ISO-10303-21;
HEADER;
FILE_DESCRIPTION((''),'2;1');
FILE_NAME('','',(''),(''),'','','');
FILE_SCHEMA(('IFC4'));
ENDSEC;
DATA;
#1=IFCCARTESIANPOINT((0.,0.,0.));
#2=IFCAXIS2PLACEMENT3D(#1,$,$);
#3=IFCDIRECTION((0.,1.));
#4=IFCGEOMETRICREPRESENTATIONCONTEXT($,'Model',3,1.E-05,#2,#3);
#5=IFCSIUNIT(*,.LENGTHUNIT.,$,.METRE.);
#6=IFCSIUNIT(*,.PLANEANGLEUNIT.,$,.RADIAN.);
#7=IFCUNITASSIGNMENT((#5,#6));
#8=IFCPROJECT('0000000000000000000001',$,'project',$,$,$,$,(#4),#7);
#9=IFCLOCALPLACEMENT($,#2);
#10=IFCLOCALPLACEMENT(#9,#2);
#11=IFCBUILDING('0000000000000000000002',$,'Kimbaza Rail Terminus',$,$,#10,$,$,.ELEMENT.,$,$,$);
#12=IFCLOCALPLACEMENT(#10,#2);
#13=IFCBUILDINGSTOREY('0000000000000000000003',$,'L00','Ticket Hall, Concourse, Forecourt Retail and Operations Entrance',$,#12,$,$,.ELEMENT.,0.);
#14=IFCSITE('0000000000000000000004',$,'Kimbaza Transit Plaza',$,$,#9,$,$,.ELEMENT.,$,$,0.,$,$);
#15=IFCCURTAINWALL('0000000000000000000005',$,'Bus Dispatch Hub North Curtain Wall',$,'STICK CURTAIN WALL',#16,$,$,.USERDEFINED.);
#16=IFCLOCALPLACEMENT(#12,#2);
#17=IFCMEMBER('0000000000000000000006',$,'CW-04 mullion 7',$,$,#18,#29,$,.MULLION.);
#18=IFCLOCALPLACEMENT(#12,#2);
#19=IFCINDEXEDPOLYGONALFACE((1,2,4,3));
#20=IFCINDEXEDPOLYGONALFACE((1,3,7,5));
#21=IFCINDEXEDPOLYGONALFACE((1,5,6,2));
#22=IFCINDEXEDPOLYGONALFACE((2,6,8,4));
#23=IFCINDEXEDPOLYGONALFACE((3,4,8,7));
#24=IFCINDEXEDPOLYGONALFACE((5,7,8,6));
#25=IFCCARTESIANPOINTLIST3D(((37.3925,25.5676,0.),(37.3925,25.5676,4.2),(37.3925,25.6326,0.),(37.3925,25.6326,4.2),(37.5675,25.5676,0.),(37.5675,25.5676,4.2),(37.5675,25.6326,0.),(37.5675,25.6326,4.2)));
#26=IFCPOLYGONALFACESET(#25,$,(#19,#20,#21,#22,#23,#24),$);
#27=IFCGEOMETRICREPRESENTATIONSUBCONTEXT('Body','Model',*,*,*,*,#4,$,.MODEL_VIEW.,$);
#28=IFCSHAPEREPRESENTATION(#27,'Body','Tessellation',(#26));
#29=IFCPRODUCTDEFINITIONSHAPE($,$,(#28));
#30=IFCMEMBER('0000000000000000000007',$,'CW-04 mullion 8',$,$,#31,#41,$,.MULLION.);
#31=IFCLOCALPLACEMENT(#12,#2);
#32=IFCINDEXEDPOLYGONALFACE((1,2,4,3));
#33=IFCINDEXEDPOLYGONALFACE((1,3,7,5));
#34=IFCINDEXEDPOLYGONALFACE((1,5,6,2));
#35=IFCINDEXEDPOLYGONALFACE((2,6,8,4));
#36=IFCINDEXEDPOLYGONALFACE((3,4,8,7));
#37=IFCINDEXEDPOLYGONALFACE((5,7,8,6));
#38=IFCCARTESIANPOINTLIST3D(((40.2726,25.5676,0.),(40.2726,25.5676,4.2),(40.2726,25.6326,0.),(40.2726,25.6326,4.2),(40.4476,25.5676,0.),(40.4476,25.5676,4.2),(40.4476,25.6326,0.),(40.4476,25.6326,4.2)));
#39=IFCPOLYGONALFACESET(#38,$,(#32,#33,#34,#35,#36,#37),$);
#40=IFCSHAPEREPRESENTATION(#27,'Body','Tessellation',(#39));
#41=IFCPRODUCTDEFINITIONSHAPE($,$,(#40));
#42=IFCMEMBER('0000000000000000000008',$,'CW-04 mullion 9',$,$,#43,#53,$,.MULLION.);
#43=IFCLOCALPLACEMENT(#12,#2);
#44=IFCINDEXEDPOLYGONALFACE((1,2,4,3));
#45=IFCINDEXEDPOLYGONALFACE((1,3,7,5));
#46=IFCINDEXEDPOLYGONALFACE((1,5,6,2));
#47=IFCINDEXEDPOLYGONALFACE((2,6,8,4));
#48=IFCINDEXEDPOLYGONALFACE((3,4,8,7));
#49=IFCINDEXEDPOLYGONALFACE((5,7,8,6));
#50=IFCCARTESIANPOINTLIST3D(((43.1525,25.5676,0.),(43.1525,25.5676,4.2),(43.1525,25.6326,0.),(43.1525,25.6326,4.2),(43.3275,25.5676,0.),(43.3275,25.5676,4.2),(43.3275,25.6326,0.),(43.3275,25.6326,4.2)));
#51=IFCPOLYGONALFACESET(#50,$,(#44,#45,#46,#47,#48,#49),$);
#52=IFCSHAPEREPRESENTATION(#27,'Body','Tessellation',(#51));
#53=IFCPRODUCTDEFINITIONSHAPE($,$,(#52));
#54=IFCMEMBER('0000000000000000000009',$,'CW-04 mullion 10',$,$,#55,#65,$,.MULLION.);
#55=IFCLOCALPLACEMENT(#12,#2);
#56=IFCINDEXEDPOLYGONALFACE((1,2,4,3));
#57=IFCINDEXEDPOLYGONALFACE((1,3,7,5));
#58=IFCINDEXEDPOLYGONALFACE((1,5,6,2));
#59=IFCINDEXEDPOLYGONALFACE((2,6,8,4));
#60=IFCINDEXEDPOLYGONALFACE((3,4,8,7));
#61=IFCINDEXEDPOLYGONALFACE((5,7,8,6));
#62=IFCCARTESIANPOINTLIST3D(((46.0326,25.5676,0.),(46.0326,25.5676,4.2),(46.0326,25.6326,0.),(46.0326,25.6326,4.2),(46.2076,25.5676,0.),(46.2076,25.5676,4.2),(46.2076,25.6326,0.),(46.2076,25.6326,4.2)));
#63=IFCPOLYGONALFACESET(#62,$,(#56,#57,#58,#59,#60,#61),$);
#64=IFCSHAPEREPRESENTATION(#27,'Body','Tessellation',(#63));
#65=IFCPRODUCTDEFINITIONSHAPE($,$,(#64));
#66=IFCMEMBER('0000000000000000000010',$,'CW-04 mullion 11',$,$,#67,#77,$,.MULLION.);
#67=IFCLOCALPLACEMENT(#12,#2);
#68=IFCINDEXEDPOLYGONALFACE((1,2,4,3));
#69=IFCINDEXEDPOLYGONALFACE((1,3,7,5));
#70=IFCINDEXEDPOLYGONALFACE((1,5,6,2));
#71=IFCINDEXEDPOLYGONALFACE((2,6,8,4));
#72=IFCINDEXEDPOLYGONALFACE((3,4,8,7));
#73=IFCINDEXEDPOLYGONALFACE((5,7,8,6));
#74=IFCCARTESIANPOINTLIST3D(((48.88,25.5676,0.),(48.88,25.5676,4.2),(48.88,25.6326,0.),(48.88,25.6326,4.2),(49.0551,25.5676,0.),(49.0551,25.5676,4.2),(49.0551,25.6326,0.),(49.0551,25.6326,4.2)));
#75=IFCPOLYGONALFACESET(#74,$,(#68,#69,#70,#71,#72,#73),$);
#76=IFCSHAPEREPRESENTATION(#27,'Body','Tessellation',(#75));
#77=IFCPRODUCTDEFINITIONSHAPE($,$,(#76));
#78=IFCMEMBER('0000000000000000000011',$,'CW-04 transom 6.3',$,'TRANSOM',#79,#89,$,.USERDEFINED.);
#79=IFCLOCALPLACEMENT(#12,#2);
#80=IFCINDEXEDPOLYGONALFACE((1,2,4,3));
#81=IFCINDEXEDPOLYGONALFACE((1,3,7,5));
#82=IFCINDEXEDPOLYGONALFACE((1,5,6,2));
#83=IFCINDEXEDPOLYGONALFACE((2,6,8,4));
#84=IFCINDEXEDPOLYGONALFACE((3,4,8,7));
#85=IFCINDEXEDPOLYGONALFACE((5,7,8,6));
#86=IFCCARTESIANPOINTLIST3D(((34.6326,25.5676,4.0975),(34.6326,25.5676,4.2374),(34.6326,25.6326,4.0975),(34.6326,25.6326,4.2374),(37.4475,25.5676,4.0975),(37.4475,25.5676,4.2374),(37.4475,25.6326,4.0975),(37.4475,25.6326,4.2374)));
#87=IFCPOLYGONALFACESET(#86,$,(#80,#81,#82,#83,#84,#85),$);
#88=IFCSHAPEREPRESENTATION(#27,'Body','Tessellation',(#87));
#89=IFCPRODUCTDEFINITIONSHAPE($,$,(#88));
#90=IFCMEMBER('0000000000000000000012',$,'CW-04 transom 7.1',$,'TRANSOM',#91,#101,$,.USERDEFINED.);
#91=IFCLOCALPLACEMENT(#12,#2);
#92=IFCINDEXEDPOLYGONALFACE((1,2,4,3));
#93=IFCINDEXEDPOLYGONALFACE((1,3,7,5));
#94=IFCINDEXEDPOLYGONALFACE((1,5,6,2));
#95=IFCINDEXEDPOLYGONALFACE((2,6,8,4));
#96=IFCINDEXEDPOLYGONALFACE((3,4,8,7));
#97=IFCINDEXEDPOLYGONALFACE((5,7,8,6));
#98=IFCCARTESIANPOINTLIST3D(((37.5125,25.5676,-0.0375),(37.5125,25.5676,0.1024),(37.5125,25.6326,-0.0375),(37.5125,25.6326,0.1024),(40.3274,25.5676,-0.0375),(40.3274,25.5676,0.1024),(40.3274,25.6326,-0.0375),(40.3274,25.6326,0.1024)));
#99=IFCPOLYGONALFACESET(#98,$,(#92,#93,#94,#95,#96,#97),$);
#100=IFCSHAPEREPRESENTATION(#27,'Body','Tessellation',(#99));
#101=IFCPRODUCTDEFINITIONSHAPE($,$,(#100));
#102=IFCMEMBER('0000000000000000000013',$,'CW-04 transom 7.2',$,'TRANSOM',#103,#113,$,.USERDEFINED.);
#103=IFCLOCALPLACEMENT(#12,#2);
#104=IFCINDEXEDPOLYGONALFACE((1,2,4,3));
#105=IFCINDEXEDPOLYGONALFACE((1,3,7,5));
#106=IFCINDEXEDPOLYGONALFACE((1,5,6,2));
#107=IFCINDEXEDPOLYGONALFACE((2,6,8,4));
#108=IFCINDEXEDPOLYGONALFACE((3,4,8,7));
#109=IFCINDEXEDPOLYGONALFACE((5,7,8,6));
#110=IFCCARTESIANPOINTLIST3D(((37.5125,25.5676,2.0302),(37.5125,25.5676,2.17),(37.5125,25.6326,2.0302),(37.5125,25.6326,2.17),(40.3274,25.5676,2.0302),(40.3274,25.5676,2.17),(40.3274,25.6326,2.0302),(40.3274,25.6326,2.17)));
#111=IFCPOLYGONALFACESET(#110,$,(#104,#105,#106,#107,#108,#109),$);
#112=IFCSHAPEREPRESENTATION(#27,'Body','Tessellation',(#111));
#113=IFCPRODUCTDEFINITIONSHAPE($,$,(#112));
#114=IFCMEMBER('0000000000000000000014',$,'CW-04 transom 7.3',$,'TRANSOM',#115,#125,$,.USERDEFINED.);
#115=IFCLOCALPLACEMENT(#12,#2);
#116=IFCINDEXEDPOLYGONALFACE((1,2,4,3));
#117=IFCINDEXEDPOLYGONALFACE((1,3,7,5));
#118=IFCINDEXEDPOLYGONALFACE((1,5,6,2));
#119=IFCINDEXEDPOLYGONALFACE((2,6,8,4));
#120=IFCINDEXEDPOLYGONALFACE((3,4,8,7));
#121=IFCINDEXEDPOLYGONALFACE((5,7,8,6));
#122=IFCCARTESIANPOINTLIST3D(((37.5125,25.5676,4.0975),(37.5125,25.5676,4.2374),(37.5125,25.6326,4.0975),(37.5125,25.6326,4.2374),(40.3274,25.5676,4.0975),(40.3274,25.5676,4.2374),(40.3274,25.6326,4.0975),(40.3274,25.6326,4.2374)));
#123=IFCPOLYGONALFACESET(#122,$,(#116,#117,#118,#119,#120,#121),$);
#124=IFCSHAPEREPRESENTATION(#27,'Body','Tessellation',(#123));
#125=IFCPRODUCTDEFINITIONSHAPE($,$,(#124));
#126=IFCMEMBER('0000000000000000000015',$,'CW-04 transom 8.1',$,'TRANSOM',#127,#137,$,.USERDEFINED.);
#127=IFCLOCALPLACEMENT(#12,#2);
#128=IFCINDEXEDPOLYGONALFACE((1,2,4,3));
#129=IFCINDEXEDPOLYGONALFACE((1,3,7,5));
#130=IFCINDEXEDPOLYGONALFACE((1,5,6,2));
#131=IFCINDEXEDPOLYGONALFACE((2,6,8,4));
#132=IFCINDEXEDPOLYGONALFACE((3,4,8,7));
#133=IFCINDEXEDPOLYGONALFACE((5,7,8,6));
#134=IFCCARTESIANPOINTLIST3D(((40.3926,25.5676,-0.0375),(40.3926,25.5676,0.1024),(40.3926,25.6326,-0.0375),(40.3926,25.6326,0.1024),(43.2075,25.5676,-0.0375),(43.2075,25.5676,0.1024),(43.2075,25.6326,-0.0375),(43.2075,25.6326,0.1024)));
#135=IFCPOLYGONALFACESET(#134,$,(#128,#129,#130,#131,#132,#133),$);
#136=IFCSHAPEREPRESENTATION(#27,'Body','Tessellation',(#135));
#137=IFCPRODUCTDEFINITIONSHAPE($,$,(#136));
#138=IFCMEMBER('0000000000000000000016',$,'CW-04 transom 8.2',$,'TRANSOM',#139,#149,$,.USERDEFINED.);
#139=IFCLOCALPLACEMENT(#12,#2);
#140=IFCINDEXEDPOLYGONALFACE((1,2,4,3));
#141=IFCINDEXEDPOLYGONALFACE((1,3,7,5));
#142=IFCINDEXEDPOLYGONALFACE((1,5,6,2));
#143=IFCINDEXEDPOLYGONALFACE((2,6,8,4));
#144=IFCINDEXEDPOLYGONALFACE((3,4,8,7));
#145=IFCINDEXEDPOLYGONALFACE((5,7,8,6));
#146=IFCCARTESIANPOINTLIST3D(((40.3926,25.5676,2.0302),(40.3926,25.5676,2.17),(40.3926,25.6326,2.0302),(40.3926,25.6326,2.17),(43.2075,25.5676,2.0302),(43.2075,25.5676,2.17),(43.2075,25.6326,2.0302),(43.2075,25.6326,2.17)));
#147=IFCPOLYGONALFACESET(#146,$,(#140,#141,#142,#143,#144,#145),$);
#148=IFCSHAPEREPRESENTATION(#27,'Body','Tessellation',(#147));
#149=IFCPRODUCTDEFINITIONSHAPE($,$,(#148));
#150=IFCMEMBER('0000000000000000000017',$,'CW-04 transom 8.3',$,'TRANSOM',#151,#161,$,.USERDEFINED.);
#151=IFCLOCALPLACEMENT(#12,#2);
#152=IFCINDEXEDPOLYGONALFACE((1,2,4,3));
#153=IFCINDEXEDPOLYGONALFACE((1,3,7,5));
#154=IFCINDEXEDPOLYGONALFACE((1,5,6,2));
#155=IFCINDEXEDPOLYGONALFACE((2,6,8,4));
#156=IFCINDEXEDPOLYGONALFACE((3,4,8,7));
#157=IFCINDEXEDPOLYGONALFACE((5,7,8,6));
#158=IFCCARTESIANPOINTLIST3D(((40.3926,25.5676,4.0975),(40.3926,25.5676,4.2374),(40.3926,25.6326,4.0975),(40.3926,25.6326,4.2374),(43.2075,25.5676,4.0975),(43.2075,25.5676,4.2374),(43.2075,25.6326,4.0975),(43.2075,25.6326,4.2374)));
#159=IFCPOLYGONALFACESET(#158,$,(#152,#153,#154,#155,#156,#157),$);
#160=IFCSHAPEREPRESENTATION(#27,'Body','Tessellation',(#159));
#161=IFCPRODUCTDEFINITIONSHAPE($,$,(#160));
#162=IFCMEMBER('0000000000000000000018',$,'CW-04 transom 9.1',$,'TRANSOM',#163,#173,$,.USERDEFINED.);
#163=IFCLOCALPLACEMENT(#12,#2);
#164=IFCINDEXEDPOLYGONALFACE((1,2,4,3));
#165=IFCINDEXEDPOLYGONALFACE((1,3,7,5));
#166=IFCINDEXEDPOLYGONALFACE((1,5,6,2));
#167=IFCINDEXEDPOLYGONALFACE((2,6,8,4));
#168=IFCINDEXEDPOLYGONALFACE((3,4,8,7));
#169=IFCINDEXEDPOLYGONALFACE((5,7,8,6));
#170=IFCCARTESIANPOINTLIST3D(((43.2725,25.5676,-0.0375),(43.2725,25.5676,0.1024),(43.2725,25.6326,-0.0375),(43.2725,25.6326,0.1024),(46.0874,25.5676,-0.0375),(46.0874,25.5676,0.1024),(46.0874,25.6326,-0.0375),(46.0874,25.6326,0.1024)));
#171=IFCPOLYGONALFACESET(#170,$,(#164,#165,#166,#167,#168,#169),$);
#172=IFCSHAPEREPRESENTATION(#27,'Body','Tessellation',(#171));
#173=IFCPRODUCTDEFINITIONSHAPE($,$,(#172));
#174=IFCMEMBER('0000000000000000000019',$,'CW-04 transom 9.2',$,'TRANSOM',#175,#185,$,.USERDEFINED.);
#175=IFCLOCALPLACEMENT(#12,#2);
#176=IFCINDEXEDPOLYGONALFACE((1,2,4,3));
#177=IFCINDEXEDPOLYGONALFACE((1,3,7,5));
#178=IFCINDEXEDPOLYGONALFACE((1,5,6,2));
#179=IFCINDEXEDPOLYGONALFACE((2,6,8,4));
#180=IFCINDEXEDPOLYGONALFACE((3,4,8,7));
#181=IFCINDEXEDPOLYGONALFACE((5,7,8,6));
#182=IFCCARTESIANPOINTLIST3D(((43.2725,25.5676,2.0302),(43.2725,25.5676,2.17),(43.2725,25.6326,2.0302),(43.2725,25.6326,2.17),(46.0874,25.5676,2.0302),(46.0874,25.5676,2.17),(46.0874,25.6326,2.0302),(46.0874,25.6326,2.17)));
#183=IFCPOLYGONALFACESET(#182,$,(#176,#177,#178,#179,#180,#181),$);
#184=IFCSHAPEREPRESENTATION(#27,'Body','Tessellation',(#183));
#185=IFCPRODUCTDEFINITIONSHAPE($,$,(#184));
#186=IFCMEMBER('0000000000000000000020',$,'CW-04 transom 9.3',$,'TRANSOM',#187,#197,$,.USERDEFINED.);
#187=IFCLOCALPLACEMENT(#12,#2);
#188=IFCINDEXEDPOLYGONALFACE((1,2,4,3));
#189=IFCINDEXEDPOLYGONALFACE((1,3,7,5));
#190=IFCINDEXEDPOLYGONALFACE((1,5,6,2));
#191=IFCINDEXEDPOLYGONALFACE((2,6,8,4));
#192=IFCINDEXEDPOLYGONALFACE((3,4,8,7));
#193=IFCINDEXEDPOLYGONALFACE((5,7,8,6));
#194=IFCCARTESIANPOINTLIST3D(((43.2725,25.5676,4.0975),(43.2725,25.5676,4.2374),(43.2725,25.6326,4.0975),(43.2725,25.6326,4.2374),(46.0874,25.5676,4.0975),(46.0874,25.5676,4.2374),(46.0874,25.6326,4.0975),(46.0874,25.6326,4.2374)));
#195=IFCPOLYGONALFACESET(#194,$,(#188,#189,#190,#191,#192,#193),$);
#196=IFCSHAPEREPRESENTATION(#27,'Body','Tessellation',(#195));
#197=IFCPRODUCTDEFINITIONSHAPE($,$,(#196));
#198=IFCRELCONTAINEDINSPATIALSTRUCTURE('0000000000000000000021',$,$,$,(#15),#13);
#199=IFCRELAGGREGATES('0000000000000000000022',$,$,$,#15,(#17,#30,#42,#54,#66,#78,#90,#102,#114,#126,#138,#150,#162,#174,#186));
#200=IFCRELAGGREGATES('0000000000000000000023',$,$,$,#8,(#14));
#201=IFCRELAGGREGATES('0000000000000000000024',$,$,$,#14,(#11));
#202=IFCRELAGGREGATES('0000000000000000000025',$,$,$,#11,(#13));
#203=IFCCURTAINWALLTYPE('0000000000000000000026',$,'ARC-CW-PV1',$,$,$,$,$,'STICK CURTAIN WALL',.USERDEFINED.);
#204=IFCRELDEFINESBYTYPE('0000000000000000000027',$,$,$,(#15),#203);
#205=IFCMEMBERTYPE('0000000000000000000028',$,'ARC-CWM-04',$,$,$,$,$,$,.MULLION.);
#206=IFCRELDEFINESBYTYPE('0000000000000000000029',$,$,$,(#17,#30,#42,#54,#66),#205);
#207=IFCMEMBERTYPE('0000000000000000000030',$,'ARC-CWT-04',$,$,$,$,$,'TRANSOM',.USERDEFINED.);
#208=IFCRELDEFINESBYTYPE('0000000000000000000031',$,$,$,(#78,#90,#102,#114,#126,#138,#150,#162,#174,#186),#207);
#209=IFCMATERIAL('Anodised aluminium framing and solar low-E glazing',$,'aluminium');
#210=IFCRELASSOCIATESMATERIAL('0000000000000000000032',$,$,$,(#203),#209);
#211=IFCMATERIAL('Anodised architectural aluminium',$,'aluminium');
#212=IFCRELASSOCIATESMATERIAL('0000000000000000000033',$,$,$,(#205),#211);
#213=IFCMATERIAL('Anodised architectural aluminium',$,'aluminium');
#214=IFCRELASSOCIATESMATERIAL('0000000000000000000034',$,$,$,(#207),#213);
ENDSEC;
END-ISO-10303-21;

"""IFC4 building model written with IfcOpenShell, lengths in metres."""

from ifc_helpers import new_model, si_unit, direction, frame, origin, origin_2d, place, context, subcontext, project, spatial, rectangle, extrude, material, material_profile, profile_set, type_object, element, aggregate, save


model = new_model("IFC4")

# Units and contexts
model_context = context("Model", 3, precision=1e-05, world=origin(), true_north=direction((0.0, 1.0)))
body_context = subcontext(model_context, "Body", "Model", "MODEL_VIEW")
ifc_project = project(units=[si_unit("LENGTHUNIT", "METRE"), si_unit("PLANEANGLEUNIT", "RADIAN")], contexts=[model_context])

# Site, building, storey
site_placement = place(None, origin())
site = spatial("IfcSite", under=ifc_project, at=site_placement, Name="Kimbaza Transit Plaza", CompositionType="ELEMENT", RefElevation=0.0)
building_placement = place(site_placement, origin())
building = spatial("IfcBuilding", under=site, at=building_placement, Name="Kimbaza Rail Terminus", CompositionType="ELEMENT")
storey_placement = place(building_placement, origin())
storey = spatial("IfcBuildingStorey", under=building, at=storey_placement, Name="L00", Description="Ticket Hall, Concourse, Forecourt Retail and Operations Entrance", CompositionType="ELEMENT", Elevation=0.0)

# Curtain wall, members
ifc_material_1 = material(Name="Anodised aluminium framing and solar low-E glazing", Category="aluminium")
curtain_wall_type = type_object("IfcCurtainWallType", Name="ARC-CW-PV1", ElementType="STICK CURTAIN WALL", PredefinedType="USERDEFINED", material=ifc_material_1)
curtain_wall_placement = place(storey_placement, origin())
curtain_wall = element("IfcCurtainWall", 1, at=curtain_wall_placement, inside=storey, type_object=curtain_wall_type, Name="Bus Dispatch Hub North Curtain Wall", ObjectType="STICK CURTAIN WALL", PredefinedType="USERDEFINED")
ifc_material_2 = material(Name="Anodised architectural aluminium", Category="aluminium")
ifc_material_profile_1 = material_profile(ifc_material_2, rectangle(XDim=0.0649, YDim=0.175, at=origin_2d()), Name="MULLION 65x175")
ifc_profile_set_1 = profile_set([ifc_material_profile_1], Name="Anodised architectural aluminium")
member_type_1 = type_object("IfcMemberType", Name="ARC-CWM-04", PredefinedType="MULLION", material=ifc_profile_set_1)
member_1_placement = place(storey_placement, frame((37.48, 25.6001, 0.0), z_axis=(0.0, 0.0, 1.0), x_axis=(0.0, 1.0, 0.0)))
member_1 = element("IfcMember", 2, at=member_1_placement, type_object=member_type_1, Name="CW-04 mullion 7", PredefinedType="MULLION", context=body_context, shape_type="SweptSolid", body=[
    extrude(rectangle(XDim=0.0649, YDim=0.175, at=origin_2d()), origin(), (0.0, 0.0, 1.0), 4.2),
])
member_2_placement = place(storey_placement, frame((40.3601, 25.6001, 0.0), z_axis=(0.0, 0.0, 1.0), x_axis=(0.0, 1.0, 0.0)))
member_2 = element("IfcMember", 3, at=member_2_placement, type_object=member_type_1, Name="CW-04 mullion 8", PredefinedType="MULLION", context=body_context, shape_type="SweptSolid", body=[
    extrude(rectangle(XDim=0.0649, YDim=0.175, at=origin_2d()), origin(), (0.0, 0.0, 1.0), 4.2),
])
member_3_placement = place(storey_placement, frame((43.24, 25.6001, 0.0), z_axis=(0.0, 0.0, 1.0), x_axis=(0.0, 1.0, 0.0)))
member_3 = element("IfcMember", 4, at=member_3_placement, type_object=member_type_1, Name="CW-04 mullion 9", PredefinedType="MULLION", context=body_context, shape_type="SweptSolid", body=[
    extrude(rectangle(XDim=0.0649, YDim=0.175, at=origin_2d()), origin(), (0.0, 0.0, 1.0), 4.2),
])
member_4_placement = place(storey_placement, frame((46.1201, 25.6001, 0.0), z_axis=(0.0, 0.0, 1.0), x_axis=(0.0, 1.0, 0.0)))
member_4 = element("IfcMember", 5, at=member_4_placement, type_object=member_type_1, Name="CW-04 mullion 10", PredefinedType="MULLION", context=body_context, shape_type="SweptSolid", body=[
    extrude(rectangle(XDim=0.0649, YDim=0.175, at=origin_2d()), origin(), (0.0, 0.0, 1.0), 4.2),
])
member_5_placement = place(storey_placement, frame((48.9675, 25.6001, 0.0), z_axis=(0.0, 0.0, 1.0), x_axis=(0.0, 1.0, 0.0)))
member_5 = element("IfcMember", 6, at=member_5_placement, type_object=member_type_1, Name="CW-04 mullion 11", PredefinedType="MULLION", context=body_context, shape_type="SweptSolid", body=[
    extrude(rectangle(XDim=0.0649, YDim=0.175, at=origin_2d()), origin(), (0.0, 0.0, 1.0), 4.2),
])
ifc_material_3 = material(Name="Anodised architectural aluminium", Category="aluminium")
ifc_material_profile_2 = material_profile(ifc_material_3, rectangle(XDim=0.0649, YDim=0.1399, at=origin_2d()), Name="TRANSOM 65x140")
ifc_profile_set_2 = profile_set([ifc_material_profile_2], Name="Anodised architectural aluminium")
member_type_2 = type_object("IfcMemberType", Name="ARC-CWT-04", ElementType="TRANSOM", PredefinedType="USERDEFINED", material=ifc_profile_set_2)
member_6_placement = place(storey_placement, frame((34.6326, 25.6001, 4.1675), z_axis=(1.0, 0.0, 0.0), x_axis=(0.0, 1.0, 0.0)))
member_6 = element("IfcMember", 7, at=member_6_placement, type_object=member_type_2, Name="CW-04 transom 6.3", ObjectType="TRANSOM", PredefinedType="USERDEFINED", context=body_context, shape_type="SweptSolid", body=[
    extrude(rectangle(XDim=0.0649, YDim=0.1399, at=origin_2d()), origin(), (0.0, 0.0, 1.0), 2.8149),
])
member_7_placement = place(storey_placement, frame((37.5125, 25.6001, 0.0325), z_axis=(1.0, 0.0, 0.0), x_axis=(0.0, 1.0, 0.0)))
member_7 = element("IfcMember", 8, at=member_7_placement, type_object=member_type_2, Name="CW-04 transom 7.1", ObjectType="TRANSOM", PredefinedType="USERDEFINED", context=body_context, shape_type="SweptSolid", body=[
    extrude(rectangle(XDim=0.0649, YDim=0.1399, at=origin_2d()), origin(), (0.0, 0.0, 1.0), 2.8149),
])
member_8_placement = place(storey_placement, frame((37.5125, 25.6001, 2.1001), z_axis=(1.0, 0.0, 0.0), x_axis=(0.0, 1.0, 0.0)))
member_8 = element("IfcMember", 9, at=member_8_placement, type_object=member_type_2, Name="CW-04 transom 7.2", ObjectType="TRANSOM", PredefinedType="USERDEFINED", context=body_context, shape_type="SweptSolid", body=[
    extrude(rectangle(XDim=0.0649, YDim=0.1399, at=origin_2d()), origin(), (0.0, 0.0, 1.0), 2.8149),
])
member_9_placement = place(storey_placement, frame((37.5125, 25.6001, 4.1675), z_axis=(1.0, 0.0, 0.0), x_axis=(0.0, 1.0, 0.0)))
member_9 = element("IfcMember", 10, at=member_9_placement, type_object=member_type_2, Name="CW-04 transom 7.3", ObjectType="TRANSOM", PredefinedType="USERDEFINED", context=body_context, shape_type="SweptSolid", body=[
    extrude(rectangle(XDim=0.0649, YDim=0.1399, at=origin_2d()), origin(), (0.0, 0.0, 1.0), 2.8149),
])
member_10_placement = place(storey_placement, frame((40.3926, 25.6001, 0.0325), z_axis=(1.0, 0.0, 0.0), x_axis=(0.0, 1.0, 0.0)))
member_10 = element("IfcMember", 11, at=member_10_placement, type_object=member_type_2, Name="CW-04 transom 8.1", ObjectType="TRANSOM", PredefinedType="USERDEFINED", context=body_context, shape_type="SweptSolid", body=[
    extrude(rectangle(XDim=0.0649, YDim=0.1399, at=origin_2d()), origin(), (0.0, 0.0, 1.0), 2.8149),
])
member_11_placement = place(storey_placement, frame((40.3926, 25.6001, 2.1001), z_axis=(1.0, 0.0, 0.0), x_axis=(0.0, 1.0, 0.0)))
member_11 = element("IfcMember", 12, at=member_11_placement, type_object=member_type_2, Name="CW-04 transom 8.2", ObjectType="TRANSOM", PredefinedType="USERDEFINED", context=body_context, shape_type="SweptSolid", body=[
    extrude(rectangle(XDim=0.0649, YDim=0.1399, at=origin_2d()), origin(), (0.0, 0.0, 1.0), 2.8149),
])
member_12_placement = place(storey_placement, frame((40.3926, 25.6001, 4.1675), z_axis=(1.0, 0.0, 0.0), x_axis=(0.0, 1.0, 0.0)))
member_12 = element("IfcMember", 13, at=member_12_placement, type_object=member_type_2, Name="CW-04 transom 8.3", ObjectType="TRANSOM", PredefinedType="USERDEFINED", context=body_context, shape_type="SweptSolid", body=[
    extrude(rectangle(XDim=0.0649, YDim=0.1399, at=origin_2d()), origin(), (0.0, 0.0, 1.0), 2.8149),
])
member_13_placement = place(storey_placement, frame((43.2725, 25.6001, 0.0325), z_axis=(1.0, 0.0, 0.0), x_axis=(0.0, 1.0, 0.0)))
member_13 = element("IfcMember", 14, at=member_13_placement, type_object=member_type_2, Name="CW-04 transom 9.1", ObjectType="TRANSOM", PredefinedType="USERDEFINED", context=body_context, shape_type="SweptSolid", body=[
    extrude(rectangle(XDim=0.0649, YDim=0.1399, at=origin_2d()), origin(), (0.0, 0.0, 1.0), 2.8149),
])
member_14_placement = place(storey_placement, frame((43.2725, 25.6001, 2.1001), z_axis=(1.0, 0.0, 0.0), x_axis=(0.0, 1.0, 0.0)))
member_14 = element("IfcMember", 15, at=member_14_placement, type_object=member_type_2, Name="CW-04 transom 9.2", ObjectType="TRANSOM", PredefinedType="USERDEFINED", context=body_context, shape_type="SweptSolid", body=[
    extrude(rectangle(XDim=0.0649, YDim=0.1399, at=origin_2d()), origin(), (0.0, 0.0, 1.0), 2.8149),
])
member_15_placement = place(storey_placement, frame((43.2725, 25.6001, 4.1675), z_axis=(1.0, 0.0, 0.0), x_axis=(0.0, 1.0, 0.0)))
member_15 = element("IfcMember", 16, at=member_15_placement, type_object=member_type_2, Name="CW-04 transom 9.3", ObjectType="TRANSOM", PredefinedType="USERDEFINED", context=body_context, shape_type="SweptSolid", body=[
    extrude(rectangle(XDim=0.0649, YDim=0.1399, at=origin_2d()), origin(), (0.0, 0.0, 1.0), 2.8149),
])
aggregate(curtain_wall, [member_1, member_2, member_3, member_4, member_5, member_6, member_7, member_8, member_9, member_10, member_11, member_12, member_13, member_14, member_15])

save(model, "model.ifc")
